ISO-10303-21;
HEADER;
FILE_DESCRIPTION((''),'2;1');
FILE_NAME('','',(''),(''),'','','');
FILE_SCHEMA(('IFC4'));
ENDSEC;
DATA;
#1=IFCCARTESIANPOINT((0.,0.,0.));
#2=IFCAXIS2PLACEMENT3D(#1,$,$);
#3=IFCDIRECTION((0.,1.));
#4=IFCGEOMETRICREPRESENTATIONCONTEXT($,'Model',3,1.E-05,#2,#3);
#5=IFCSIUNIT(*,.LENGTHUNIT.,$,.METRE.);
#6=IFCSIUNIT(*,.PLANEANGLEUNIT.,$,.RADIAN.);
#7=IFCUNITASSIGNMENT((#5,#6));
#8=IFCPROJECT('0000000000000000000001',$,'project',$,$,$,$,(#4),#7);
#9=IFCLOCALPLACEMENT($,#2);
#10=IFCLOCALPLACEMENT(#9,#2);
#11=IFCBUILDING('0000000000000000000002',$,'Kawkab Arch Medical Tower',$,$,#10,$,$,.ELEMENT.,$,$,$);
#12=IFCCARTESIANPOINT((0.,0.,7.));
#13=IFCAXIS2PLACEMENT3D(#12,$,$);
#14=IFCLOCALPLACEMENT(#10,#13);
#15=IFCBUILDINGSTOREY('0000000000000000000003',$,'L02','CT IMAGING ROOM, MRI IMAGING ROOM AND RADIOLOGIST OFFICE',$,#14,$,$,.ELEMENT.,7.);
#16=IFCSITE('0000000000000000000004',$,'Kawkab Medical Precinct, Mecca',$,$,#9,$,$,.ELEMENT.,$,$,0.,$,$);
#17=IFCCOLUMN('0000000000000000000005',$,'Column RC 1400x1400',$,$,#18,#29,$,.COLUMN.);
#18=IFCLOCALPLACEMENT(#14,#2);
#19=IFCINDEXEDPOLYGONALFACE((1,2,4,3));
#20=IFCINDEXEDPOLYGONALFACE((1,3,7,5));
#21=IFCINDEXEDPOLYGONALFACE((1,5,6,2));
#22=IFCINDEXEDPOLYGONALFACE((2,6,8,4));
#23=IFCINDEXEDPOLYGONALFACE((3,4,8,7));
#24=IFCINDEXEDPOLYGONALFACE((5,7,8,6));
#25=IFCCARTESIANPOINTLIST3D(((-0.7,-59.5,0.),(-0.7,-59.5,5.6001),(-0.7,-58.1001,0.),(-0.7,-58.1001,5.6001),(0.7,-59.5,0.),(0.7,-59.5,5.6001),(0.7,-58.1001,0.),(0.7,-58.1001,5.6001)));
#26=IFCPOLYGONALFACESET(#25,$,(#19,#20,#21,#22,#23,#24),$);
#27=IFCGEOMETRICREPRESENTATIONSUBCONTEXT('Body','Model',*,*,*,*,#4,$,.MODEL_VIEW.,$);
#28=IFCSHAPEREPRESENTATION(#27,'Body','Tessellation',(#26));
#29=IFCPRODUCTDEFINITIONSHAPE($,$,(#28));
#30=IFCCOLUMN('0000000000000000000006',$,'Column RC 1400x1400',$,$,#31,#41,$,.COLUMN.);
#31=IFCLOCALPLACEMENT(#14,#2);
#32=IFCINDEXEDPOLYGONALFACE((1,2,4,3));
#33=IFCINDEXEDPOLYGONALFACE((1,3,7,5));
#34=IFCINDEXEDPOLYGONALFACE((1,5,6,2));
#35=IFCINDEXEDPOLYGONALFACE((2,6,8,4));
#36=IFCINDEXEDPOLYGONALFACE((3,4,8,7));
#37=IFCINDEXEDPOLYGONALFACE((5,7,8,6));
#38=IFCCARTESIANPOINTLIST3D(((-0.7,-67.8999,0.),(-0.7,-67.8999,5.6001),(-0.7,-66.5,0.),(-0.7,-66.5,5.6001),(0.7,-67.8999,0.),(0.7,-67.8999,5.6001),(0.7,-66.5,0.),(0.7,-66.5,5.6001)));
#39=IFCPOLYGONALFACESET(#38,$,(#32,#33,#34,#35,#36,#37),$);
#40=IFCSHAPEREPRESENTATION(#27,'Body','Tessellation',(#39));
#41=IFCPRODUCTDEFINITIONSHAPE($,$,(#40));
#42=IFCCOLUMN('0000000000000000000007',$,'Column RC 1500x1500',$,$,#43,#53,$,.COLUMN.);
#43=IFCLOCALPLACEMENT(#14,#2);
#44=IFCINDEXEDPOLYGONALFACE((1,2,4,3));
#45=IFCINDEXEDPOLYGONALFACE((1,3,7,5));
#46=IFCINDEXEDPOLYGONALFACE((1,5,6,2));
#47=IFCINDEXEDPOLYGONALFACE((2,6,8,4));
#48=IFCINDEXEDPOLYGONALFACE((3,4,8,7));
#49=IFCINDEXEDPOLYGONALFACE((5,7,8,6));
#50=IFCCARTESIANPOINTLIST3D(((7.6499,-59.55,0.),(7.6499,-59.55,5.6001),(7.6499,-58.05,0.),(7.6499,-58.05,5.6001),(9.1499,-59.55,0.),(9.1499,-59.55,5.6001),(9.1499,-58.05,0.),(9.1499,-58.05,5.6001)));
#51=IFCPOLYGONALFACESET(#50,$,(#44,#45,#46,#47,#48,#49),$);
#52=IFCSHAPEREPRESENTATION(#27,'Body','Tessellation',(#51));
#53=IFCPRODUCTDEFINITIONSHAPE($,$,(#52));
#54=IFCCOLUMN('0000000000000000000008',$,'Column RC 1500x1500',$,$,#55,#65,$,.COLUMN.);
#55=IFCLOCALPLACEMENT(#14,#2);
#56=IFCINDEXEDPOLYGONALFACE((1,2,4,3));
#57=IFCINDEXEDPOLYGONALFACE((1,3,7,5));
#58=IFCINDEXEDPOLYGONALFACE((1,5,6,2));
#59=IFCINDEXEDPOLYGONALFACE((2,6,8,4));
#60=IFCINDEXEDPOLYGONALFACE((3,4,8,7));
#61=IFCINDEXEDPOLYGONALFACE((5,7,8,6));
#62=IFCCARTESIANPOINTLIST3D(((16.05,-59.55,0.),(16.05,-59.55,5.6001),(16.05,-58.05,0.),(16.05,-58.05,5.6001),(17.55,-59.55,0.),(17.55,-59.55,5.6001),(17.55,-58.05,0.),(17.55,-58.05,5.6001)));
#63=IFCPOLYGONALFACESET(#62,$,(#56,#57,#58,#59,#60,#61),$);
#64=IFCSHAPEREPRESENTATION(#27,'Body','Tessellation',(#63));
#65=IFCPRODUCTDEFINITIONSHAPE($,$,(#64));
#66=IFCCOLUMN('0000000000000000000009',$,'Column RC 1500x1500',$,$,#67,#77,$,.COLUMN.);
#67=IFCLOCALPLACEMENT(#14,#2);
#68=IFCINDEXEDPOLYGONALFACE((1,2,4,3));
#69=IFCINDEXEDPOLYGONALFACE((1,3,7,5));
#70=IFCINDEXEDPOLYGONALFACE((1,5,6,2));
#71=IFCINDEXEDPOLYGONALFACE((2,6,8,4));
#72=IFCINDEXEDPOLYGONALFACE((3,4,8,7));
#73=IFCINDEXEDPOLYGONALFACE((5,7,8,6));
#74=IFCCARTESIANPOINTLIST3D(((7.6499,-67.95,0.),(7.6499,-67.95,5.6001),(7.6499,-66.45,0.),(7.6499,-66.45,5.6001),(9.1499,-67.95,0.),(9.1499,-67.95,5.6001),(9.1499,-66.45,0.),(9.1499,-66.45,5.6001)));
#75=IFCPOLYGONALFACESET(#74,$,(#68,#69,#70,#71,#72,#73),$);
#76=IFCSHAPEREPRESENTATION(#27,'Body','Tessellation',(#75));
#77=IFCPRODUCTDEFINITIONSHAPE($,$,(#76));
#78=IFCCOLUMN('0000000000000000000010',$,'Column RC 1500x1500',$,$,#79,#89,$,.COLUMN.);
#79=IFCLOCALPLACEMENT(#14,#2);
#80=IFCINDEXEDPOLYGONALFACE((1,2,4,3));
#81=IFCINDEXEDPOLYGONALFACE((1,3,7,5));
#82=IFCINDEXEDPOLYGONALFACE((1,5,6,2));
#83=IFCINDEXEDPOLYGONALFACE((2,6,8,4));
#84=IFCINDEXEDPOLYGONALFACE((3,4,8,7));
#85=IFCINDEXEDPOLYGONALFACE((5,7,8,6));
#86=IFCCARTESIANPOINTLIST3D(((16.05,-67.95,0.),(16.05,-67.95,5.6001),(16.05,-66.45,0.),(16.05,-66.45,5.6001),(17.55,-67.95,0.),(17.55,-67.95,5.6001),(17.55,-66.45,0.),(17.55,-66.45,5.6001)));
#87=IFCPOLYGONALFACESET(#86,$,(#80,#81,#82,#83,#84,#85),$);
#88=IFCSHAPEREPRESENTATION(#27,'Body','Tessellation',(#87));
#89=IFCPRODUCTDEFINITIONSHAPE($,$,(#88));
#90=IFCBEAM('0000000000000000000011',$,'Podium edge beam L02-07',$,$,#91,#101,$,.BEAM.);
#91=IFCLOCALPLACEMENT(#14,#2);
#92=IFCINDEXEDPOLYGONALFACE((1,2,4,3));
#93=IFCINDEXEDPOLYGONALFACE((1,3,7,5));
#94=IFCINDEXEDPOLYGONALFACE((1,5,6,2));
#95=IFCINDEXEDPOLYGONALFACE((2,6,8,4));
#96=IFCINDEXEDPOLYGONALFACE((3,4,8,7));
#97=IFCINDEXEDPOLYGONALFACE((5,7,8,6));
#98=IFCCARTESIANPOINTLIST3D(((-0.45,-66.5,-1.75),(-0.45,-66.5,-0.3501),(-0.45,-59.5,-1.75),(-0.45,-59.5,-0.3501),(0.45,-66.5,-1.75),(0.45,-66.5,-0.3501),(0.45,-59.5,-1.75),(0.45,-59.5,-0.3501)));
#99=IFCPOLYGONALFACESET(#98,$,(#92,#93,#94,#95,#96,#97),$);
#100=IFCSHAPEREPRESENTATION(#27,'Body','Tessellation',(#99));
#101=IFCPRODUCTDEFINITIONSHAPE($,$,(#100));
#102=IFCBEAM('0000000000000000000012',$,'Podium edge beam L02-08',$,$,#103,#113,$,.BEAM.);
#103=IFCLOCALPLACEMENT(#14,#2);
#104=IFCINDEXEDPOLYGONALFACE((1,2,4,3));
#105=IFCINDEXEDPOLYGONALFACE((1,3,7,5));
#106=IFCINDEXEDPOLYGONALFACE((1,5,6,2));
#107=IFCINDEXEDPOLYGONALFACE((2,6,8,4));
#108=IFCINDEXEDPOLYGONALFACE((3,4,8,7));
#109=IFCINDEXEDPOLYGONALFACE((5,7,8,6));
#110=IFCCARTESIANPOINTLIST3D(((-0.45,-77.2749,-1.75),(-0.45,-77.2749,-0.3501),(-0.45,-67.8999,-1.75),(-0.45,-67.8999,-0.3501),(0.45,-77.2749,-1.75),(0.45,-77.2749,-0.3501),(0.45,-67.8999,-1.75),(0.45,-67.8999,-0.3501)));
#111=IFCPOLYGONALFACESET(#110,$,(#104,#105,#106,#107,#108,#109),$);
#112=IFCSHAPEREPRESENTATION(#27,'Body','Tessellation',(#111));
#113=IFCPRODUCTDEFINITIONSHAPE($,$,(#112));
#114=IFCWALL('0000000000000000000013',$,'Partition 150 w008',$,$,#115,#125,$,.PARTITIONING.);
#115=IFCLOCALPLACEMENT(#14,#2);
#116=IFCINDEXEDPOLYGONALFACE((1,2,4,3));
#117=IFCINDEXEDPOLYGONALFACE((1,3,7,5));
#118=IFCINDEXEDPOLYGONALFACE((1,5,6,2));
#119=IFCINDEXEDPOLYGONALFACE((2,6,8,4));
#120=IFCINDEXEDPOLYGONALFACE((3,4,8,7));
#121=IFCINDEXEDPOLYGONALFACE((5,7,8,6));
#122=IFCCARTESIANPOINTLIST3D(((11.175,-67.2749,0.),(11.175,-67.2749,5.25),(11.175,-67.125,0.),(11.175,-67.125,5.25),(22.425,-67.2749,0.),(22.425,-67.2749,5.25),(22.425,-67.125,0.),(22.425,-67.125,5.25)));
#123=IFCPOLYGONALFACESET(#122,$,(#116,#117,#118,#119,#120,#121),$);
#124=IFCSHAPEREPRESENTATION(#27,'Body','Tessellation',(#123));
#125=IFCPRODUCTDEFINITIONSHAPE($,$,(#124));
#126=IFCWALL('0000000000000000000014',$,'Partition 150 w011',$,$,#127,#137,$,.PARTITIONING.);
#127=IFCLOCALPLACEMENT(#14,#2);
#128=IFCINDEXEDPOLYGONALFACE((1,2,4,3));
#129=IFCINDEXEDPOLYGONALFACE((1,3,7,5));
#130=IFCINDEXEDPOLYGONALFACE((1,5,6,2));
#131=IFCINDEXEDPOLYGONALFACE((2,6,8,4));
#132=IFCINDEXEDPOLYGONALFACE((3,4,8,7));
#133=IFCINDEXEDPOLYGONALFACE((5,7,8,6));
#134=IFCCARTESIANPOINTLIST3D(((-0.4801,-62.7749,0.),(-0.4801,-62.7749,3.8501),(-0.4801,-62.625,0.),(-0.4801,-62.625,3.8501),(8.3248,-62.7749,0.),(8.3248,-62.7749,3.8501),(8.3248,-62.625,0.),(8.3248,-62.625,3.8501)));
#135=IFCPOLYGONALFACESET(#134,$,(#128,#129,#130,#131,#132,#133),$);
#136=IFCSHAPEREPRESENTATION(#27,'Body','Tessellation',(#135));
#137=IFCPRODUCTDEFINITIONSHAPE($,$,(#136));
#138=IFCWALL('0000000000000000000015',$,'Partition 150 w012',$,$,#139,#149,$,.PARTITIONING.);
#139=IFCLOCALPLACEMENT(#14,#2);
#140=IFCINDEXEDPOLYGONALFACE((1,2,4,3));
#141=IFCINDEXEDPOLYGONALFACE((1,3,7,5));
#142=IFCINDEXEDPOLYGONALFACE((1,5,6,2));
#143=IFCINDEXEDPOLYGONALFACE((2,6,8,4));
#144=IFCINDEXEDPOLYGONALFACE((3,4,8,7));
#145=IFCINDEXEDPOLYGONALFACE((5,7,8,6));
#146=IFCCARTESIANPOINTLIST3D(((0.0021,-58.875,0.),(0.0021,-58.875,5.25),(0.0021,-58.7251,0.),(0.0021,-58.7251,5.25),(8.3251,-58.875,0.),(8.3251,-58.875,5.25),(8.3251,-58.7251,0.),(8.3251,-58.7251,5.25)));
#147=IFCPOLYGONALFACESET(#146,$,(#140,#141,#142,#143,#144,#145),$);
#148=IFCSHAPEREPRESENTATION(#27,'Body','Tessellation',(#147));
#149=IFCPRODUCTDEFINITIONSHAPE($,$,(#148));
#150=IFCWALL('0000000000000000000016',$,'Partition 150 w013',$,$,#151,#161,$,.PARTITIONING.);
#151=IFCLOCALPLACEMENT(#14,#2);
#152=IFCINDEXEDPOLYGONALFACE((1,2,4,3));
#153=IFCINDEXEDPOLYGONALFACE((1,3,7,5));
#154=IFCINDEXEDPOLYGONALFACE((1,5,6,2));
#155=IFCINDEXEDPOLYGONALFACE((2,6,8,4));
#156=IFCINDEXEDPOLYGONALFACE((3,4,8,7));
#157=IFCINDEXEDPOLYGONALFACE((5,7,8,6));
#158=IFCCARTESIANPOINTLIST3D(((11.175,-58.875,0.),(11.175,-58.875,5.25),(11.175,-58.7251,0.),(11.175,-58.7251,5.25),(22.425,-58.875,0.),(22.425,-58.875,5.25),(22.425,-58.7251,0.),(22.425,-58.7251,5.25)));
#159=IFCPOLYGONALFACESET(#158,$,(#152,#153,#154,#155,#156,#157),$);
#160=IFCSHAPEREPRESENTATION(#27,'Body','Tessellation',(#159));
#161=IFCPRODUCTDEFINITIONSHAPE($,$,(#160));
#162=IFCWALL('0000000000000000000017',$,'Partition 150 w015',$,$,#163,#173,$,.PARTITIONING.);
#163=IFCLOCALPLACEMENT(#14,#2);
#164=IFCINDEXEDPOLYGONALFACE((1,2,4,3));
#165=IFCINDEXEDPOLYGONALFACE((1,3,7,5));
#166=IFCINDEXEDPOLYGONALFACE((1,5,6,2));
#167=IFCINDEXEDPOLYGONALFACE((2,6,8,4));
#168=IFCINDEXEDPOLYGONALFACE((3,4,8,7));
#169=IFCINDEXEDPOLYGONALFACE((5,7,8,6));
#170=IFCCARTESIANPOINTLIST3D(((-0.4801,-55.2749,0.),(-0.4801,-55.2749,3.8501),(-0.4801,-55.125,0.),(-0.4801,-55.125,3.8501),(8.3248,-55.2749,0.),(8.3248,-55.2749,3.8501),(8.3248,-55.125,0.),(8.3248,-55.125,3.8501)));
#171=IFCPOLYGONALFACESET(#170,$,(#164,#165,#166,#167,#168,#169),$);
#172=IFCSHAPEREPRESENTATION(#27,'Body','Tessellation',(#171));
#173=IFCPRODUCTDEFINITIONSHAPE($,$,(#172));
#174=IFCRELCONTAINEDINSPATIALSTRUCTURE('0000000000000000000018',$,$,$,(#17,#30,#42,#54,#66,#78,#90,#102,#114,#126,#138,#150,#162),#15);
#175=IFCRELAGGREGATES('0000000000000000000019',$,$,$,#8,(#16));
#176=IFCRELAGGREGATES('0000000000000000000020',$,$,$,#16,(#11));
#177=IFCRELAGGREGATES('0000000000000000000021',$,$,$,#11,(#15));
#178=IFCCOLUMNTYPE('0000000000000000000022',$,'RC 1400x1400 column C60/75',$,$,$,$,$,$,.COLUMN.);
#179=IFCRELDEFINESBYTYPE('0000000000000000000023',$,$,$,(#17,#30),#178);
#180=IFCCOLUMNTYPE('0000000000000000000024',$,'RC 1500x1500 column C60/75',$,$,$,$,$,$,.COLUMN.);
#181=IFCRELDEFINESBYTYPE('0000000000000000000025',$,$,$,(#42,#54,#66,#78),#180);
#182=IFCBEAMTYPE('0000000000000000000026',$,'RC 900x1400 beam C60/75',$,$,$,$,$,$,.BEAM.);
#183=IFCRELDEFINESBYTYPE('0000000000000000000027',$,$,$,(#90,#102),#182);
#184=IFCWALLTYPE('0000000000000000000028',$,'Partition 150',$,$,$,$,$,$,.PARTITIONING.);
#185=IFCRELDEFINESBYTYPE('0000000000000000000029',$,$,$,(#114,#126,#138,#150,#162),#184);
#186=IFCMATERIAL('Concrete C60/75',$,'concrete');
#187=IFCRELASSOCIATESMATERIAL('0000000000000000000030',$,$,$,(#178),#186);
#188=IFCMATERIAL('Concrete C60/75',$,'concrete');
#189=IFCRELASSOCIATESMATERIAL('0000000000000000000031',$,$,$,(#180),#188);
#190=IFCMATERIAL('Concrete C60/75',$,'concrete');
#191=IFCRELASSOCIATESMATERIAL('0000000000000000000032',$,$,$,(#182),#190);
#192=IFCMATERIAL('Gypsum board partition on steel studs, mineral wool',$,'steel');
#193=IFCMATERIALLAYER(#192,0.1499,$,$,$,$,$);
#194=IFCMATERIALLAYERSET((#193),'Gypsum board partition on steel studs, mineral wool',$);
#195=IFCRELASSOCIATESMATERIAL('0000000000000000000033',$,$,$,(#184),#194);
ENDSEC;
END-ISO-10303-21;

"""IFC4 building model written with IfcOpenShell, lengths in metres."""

from ifc_helpers import new_model, si_unit, direction, frame, frame_2d, origin, origin_2d, place, context, subcontext, project, spatial, rectangle, extrude, material, layer, layer_set, material_profile, profile_set, type_object, element, save


model = new_model("IFC4")

# Units and contexts
model_context = context("Model", 3, precision=1e-05, world=origin(), true_north=direction((0.0, 1.0)))
body_context = subcontext(model_context, "Body", "Model", "MODEL_VIEW")
ifc_project = project(units=[si_unit("LENGTHUNIT", "METRE"), si_unit("PLANEANGLEUNIT", "RADIAN")], contexts=[model_context])

# Site, building, storey
site_placement = place(None, origin())
site = spatial("IfcSite", under=ifc_project, at=site_placement, Name="Kawkab Medical Precinct, Mecca", CompositionType="ELEMENT", RefElevation=0.0)
building_placement = place(site_placement, origin())
building = spatial("IfcBuilding", under=site, at=building_placement, Name="Kawkab Arch Medical Tower", CompositionType="ELEMENT")
storey_placement = place(building_placement, frame((0.0, 0.0, 7.0)))
storey = spatial("IfcBuildingStorey", under=building, at=storey_placement, Name="L02", Description="CT IMAGING ROOM, MRI IMAGING ROOM AND RADIOLOGIST OFFICE", CompositionType="ELEMENT", Elevation=7.0)

# Columns
ifc_material_1 = material(Name="Concrete C60/75", Category="concrete")
ifc_material_profile_1 = material_profile(ifc_material_1, rectangle(XDim=1.3999, YDim=1.3999, at=origin_2d()), Name="RC 1400x1400")
ifc_profile_set_1 = profile_set([ifc_material_profile_1], Name="Concrete C60/75")
column_type_1 = type_object("IfcColumnType", Name="RC 1400x1400 column C60/75", PredefinedType="COLUMN", material=ifc_profile_set_1)
for number, where, z_axis, x_axis, name in (
    (1, (0.0, -58.8, 0.0), (0.0, 0.0, 1.0), (1.0, 0.0, 0.0), "Column RC 1400x1400"),
    (2, (0.0, -67.2, 0.0), (0.0, 0.0, 1.0), (1.0, 0.0, 0.0), "Column RC 1400x1400"),
):
    element("IfcColumn", number, at=place(storey_placement, frame(where, z_axis=z_axis, x_axis=x_axis)), inside=storey, type_object=column_type_1, Name=name, PredefinedType="COLUMN", context=body_context, shape_type="SweptSolid", body=[
        extrude(rectangle(XDim=1.3999, YDim=1.3999, at=origin_2d()), origin(), (0.0, 0.0, 1.0), 5.6001),
    ])
ifc_material_2 = material(Name="Concrete C60/75", Category="concrete")
ifc_material_profile_2 = material_profile(ifc_material_2, rectangle(XDim=1.5, YDim=1.5, at=origin_2d()), Name="RC 1500x1500")
ifc_profile_set_2 = profile_set([ifc_material_profile_2], Name="Concrete C60/75")
column_type_2 = type_object("IfcColumnType", Name="RC 1500x1500 column C60/75", PredefinedType="COLUMN", material=ifc_profile_set_2)
for number, where, z_axis, x_axis, name in (
    (3, (8.3999, -58.8, 0.0), (0.0, 0.0, 1.0), (1.0, 0.0, 0.0), "Column RC 1500x1500"),
    (4, (16.8, -58.8, 0.0), (0.0, 0.0, 1.0), (1.0, 0.0, 0.0), "Column RC 1500x1500"),
    (5, (8.3999, -67.2, 0.0), (0.0, 0.0, 1.0), (1.0, 0.0, 0.0), "Column RC 1500x1500"),
    (6, (16.8, -67.2, 0.0), (0.0, 0.0, 1.0), (1.0, 0.0, 0.0), "Column RC 1500x1500"),
):
    element("IfcColumn", number, at=place(storey_placement, frame(where, z_axis=z_axis, x_axis=x_axis)), inside=storey, type_object=column_type_2, Name=name, PredefinedType="COLUMN", context=body_context, shape_type="SweptSolid", body=[
        extrude(rectangle(XDim=1.5, YDim=1.5, at=origin_2d()), origin(), (0.0, 0.0, 1.0), 5.6001),
    ])

# Beams
ifc_material_3 = material(Name="Concrete C60/75", Category="concrete")
ifc_material_profile_3 = material_profile(ifc_material_3, rectangle(XDim=0.8999, YDim=1.3999, at=origin_2d()), Name="RC 900x1400")
ifc_profile_set_3 = profile_set([ifc_material_profile_3], Name="Concrete C60/75")
beam_type = type_object("IfcBeamType", Name="RC 900x1400 beam C60/75", PredefinedType="BEAM", material=ifc_profile_set_3)
beam_1_placement = place(storey_placement, frame((0.0, -59.5, -1.05), z_axis=(0.0, -1.0, 0.0), x_axis=(1.0, 0.0, 0.0)))
element("IfcBeam", 7, at=beam_1_placement, inside=storey, type_object=beam_type, Name="Podium edge beam L02-07", PredefinedType="BEAM", context=body_context, shape_type="SweptSolid", body=[
    extrude(rectangle(XDim=0.8999, YDim=1.3999, at=origin_2d()), origin(), (0.0, 0.0, 1.0), 7.0),
])
beam_2_placement = place(storey_placement, frame((0.0, -67.8999, -1.05), z_axis=(0.0, -1.0, 0.0), x_axis=(1.0, 0.0, 0.0)))
element("IfcBeam", 8, at=beam_2_placement, inside=storey, type_object=beam_type, Name="Podium edge beam L02-08", PredefinedType="BEAM", context=body_context, shape_type="SweptSolid", body=[
    extrude(rectangle(XDim=0.8999, YDim=1.3999, at=origin_2d()), origin(), (0.0, 0.0, 1.0), 9.375),
])

# Walls
ifc_material_4 = material(Name="Gypsum board partition on steel studs, mineral wool", Category="steel")
ifc_layer_1 = layer(ifc_material_4, 0.1499)
ifc_layer_set_1 = layer_set([ifc_layer_1], Name="Gypsum board partition on steel studs, mineral wool")
wall_type_1 = type_object("IfcWallType", Name="Partition 150", PredefinedType="PARTITIONING", material=ifc_layer_set_1)
wall_1_placement = place(storey_placement, frame((11.175, -67.2, 0.0), z_axis=(0.0, 0.0, 1.0), x_axis=(1.0, 0.0, 0.0)))
element("IfcWall", 9, at=wall_1_placement, inside=storey, type_object=wall_type_1, Name="Partition 150 w008", PredefinedType="PARTITIONING", context=body_context, shape_type="SweptSolid", body=[
    extrude(rectangle(XDim=11.25, YDim=0.1499, at=frame_2d((5.625, 0.0))), origin(), (0.0, 0.0, 1.0), 5.25),
])
wall_2_placement = place(storey_placement, frame((-0.48, -62.7, 0.0), z_axis=(0.0, 0.0, 1.0), x_axis=(1.0, 0.0, 0.0)))
element("IfcWall", 10, at=wall_2_placement, inside=storey, type_object=wall_type_1, Name="Partition 150 w011", PredefinedType="PARTITIONING", context=body_context, shape_type="SweptSolid", body=[
    extrude(rectangle(XDim=8.8049, YDim=0.1499, at=frame_2d((4.4023, 0.0))), origin(), (0.0, 0.0, 1.0), 3.8501),
])
wall_3_placement = place(storey_placement, frame((0.002, -58.8, 0.0), z_axis=(0.0, 0.0, 1.0), x_axis=(1.0, 0.0, 0.0)))
element("IfcWall", 11, at=wall_3_placement, inside=storey, type_object=wall_type_1, Name="Partition 150 w012", PredefinedType="PARTITIONING", context=body_context, shape_type="SweptSolid", body=[
    extrude(rectangle(XDim=8.323, YDim=0.1499, at=frame_2d((4.1616, 0.0))), origin(), (0.0, 0.0, 1.0), 5.25),
])
wall_4_placement = place(storey_placement, frame((11.175, -58.8, 0.0), z_axis=(0.0, 0.0, 1.0), x_axis=(1.0, 0.0, 0.0)))
element("IfcWall", 12, at=wall_4_placement, inside=storey, type_object=wall_type_1, Name="Partition 150 w013", PredefinedType="PARTITIONING", context=body_context, shape_type="SweptSolid", body=[
    extrude(rectangle(XDim=11.25, YDim=0.1499, at=frame_2d((5.625, 0.0))), origin(), (0.0, 0.0, 1.0), 5.25),
])
wall_5_placement = place(storey_placement, frame((-0.48, -55.2, 0.0), z_axis=(0.0, 0.0, 1.0), x_axis=(1.0, 0.0, 0.0)))
element("IfcWall", 13, at=wall_5_placement, inside=storey, type_object=wall_type_1, Name="Partition 150 w015", PredefinedType="PARTITIONING", context=body_context, shape_type="SweptSolid", body=[
    extrude(rectangle(XDim=8.8049, YDim=0.1499, at=frame_2d((4.4023, 0.0))), origin(), (0.0, 0.0, 1.0), 3.8501),
])

save(model, "model.ifc")
